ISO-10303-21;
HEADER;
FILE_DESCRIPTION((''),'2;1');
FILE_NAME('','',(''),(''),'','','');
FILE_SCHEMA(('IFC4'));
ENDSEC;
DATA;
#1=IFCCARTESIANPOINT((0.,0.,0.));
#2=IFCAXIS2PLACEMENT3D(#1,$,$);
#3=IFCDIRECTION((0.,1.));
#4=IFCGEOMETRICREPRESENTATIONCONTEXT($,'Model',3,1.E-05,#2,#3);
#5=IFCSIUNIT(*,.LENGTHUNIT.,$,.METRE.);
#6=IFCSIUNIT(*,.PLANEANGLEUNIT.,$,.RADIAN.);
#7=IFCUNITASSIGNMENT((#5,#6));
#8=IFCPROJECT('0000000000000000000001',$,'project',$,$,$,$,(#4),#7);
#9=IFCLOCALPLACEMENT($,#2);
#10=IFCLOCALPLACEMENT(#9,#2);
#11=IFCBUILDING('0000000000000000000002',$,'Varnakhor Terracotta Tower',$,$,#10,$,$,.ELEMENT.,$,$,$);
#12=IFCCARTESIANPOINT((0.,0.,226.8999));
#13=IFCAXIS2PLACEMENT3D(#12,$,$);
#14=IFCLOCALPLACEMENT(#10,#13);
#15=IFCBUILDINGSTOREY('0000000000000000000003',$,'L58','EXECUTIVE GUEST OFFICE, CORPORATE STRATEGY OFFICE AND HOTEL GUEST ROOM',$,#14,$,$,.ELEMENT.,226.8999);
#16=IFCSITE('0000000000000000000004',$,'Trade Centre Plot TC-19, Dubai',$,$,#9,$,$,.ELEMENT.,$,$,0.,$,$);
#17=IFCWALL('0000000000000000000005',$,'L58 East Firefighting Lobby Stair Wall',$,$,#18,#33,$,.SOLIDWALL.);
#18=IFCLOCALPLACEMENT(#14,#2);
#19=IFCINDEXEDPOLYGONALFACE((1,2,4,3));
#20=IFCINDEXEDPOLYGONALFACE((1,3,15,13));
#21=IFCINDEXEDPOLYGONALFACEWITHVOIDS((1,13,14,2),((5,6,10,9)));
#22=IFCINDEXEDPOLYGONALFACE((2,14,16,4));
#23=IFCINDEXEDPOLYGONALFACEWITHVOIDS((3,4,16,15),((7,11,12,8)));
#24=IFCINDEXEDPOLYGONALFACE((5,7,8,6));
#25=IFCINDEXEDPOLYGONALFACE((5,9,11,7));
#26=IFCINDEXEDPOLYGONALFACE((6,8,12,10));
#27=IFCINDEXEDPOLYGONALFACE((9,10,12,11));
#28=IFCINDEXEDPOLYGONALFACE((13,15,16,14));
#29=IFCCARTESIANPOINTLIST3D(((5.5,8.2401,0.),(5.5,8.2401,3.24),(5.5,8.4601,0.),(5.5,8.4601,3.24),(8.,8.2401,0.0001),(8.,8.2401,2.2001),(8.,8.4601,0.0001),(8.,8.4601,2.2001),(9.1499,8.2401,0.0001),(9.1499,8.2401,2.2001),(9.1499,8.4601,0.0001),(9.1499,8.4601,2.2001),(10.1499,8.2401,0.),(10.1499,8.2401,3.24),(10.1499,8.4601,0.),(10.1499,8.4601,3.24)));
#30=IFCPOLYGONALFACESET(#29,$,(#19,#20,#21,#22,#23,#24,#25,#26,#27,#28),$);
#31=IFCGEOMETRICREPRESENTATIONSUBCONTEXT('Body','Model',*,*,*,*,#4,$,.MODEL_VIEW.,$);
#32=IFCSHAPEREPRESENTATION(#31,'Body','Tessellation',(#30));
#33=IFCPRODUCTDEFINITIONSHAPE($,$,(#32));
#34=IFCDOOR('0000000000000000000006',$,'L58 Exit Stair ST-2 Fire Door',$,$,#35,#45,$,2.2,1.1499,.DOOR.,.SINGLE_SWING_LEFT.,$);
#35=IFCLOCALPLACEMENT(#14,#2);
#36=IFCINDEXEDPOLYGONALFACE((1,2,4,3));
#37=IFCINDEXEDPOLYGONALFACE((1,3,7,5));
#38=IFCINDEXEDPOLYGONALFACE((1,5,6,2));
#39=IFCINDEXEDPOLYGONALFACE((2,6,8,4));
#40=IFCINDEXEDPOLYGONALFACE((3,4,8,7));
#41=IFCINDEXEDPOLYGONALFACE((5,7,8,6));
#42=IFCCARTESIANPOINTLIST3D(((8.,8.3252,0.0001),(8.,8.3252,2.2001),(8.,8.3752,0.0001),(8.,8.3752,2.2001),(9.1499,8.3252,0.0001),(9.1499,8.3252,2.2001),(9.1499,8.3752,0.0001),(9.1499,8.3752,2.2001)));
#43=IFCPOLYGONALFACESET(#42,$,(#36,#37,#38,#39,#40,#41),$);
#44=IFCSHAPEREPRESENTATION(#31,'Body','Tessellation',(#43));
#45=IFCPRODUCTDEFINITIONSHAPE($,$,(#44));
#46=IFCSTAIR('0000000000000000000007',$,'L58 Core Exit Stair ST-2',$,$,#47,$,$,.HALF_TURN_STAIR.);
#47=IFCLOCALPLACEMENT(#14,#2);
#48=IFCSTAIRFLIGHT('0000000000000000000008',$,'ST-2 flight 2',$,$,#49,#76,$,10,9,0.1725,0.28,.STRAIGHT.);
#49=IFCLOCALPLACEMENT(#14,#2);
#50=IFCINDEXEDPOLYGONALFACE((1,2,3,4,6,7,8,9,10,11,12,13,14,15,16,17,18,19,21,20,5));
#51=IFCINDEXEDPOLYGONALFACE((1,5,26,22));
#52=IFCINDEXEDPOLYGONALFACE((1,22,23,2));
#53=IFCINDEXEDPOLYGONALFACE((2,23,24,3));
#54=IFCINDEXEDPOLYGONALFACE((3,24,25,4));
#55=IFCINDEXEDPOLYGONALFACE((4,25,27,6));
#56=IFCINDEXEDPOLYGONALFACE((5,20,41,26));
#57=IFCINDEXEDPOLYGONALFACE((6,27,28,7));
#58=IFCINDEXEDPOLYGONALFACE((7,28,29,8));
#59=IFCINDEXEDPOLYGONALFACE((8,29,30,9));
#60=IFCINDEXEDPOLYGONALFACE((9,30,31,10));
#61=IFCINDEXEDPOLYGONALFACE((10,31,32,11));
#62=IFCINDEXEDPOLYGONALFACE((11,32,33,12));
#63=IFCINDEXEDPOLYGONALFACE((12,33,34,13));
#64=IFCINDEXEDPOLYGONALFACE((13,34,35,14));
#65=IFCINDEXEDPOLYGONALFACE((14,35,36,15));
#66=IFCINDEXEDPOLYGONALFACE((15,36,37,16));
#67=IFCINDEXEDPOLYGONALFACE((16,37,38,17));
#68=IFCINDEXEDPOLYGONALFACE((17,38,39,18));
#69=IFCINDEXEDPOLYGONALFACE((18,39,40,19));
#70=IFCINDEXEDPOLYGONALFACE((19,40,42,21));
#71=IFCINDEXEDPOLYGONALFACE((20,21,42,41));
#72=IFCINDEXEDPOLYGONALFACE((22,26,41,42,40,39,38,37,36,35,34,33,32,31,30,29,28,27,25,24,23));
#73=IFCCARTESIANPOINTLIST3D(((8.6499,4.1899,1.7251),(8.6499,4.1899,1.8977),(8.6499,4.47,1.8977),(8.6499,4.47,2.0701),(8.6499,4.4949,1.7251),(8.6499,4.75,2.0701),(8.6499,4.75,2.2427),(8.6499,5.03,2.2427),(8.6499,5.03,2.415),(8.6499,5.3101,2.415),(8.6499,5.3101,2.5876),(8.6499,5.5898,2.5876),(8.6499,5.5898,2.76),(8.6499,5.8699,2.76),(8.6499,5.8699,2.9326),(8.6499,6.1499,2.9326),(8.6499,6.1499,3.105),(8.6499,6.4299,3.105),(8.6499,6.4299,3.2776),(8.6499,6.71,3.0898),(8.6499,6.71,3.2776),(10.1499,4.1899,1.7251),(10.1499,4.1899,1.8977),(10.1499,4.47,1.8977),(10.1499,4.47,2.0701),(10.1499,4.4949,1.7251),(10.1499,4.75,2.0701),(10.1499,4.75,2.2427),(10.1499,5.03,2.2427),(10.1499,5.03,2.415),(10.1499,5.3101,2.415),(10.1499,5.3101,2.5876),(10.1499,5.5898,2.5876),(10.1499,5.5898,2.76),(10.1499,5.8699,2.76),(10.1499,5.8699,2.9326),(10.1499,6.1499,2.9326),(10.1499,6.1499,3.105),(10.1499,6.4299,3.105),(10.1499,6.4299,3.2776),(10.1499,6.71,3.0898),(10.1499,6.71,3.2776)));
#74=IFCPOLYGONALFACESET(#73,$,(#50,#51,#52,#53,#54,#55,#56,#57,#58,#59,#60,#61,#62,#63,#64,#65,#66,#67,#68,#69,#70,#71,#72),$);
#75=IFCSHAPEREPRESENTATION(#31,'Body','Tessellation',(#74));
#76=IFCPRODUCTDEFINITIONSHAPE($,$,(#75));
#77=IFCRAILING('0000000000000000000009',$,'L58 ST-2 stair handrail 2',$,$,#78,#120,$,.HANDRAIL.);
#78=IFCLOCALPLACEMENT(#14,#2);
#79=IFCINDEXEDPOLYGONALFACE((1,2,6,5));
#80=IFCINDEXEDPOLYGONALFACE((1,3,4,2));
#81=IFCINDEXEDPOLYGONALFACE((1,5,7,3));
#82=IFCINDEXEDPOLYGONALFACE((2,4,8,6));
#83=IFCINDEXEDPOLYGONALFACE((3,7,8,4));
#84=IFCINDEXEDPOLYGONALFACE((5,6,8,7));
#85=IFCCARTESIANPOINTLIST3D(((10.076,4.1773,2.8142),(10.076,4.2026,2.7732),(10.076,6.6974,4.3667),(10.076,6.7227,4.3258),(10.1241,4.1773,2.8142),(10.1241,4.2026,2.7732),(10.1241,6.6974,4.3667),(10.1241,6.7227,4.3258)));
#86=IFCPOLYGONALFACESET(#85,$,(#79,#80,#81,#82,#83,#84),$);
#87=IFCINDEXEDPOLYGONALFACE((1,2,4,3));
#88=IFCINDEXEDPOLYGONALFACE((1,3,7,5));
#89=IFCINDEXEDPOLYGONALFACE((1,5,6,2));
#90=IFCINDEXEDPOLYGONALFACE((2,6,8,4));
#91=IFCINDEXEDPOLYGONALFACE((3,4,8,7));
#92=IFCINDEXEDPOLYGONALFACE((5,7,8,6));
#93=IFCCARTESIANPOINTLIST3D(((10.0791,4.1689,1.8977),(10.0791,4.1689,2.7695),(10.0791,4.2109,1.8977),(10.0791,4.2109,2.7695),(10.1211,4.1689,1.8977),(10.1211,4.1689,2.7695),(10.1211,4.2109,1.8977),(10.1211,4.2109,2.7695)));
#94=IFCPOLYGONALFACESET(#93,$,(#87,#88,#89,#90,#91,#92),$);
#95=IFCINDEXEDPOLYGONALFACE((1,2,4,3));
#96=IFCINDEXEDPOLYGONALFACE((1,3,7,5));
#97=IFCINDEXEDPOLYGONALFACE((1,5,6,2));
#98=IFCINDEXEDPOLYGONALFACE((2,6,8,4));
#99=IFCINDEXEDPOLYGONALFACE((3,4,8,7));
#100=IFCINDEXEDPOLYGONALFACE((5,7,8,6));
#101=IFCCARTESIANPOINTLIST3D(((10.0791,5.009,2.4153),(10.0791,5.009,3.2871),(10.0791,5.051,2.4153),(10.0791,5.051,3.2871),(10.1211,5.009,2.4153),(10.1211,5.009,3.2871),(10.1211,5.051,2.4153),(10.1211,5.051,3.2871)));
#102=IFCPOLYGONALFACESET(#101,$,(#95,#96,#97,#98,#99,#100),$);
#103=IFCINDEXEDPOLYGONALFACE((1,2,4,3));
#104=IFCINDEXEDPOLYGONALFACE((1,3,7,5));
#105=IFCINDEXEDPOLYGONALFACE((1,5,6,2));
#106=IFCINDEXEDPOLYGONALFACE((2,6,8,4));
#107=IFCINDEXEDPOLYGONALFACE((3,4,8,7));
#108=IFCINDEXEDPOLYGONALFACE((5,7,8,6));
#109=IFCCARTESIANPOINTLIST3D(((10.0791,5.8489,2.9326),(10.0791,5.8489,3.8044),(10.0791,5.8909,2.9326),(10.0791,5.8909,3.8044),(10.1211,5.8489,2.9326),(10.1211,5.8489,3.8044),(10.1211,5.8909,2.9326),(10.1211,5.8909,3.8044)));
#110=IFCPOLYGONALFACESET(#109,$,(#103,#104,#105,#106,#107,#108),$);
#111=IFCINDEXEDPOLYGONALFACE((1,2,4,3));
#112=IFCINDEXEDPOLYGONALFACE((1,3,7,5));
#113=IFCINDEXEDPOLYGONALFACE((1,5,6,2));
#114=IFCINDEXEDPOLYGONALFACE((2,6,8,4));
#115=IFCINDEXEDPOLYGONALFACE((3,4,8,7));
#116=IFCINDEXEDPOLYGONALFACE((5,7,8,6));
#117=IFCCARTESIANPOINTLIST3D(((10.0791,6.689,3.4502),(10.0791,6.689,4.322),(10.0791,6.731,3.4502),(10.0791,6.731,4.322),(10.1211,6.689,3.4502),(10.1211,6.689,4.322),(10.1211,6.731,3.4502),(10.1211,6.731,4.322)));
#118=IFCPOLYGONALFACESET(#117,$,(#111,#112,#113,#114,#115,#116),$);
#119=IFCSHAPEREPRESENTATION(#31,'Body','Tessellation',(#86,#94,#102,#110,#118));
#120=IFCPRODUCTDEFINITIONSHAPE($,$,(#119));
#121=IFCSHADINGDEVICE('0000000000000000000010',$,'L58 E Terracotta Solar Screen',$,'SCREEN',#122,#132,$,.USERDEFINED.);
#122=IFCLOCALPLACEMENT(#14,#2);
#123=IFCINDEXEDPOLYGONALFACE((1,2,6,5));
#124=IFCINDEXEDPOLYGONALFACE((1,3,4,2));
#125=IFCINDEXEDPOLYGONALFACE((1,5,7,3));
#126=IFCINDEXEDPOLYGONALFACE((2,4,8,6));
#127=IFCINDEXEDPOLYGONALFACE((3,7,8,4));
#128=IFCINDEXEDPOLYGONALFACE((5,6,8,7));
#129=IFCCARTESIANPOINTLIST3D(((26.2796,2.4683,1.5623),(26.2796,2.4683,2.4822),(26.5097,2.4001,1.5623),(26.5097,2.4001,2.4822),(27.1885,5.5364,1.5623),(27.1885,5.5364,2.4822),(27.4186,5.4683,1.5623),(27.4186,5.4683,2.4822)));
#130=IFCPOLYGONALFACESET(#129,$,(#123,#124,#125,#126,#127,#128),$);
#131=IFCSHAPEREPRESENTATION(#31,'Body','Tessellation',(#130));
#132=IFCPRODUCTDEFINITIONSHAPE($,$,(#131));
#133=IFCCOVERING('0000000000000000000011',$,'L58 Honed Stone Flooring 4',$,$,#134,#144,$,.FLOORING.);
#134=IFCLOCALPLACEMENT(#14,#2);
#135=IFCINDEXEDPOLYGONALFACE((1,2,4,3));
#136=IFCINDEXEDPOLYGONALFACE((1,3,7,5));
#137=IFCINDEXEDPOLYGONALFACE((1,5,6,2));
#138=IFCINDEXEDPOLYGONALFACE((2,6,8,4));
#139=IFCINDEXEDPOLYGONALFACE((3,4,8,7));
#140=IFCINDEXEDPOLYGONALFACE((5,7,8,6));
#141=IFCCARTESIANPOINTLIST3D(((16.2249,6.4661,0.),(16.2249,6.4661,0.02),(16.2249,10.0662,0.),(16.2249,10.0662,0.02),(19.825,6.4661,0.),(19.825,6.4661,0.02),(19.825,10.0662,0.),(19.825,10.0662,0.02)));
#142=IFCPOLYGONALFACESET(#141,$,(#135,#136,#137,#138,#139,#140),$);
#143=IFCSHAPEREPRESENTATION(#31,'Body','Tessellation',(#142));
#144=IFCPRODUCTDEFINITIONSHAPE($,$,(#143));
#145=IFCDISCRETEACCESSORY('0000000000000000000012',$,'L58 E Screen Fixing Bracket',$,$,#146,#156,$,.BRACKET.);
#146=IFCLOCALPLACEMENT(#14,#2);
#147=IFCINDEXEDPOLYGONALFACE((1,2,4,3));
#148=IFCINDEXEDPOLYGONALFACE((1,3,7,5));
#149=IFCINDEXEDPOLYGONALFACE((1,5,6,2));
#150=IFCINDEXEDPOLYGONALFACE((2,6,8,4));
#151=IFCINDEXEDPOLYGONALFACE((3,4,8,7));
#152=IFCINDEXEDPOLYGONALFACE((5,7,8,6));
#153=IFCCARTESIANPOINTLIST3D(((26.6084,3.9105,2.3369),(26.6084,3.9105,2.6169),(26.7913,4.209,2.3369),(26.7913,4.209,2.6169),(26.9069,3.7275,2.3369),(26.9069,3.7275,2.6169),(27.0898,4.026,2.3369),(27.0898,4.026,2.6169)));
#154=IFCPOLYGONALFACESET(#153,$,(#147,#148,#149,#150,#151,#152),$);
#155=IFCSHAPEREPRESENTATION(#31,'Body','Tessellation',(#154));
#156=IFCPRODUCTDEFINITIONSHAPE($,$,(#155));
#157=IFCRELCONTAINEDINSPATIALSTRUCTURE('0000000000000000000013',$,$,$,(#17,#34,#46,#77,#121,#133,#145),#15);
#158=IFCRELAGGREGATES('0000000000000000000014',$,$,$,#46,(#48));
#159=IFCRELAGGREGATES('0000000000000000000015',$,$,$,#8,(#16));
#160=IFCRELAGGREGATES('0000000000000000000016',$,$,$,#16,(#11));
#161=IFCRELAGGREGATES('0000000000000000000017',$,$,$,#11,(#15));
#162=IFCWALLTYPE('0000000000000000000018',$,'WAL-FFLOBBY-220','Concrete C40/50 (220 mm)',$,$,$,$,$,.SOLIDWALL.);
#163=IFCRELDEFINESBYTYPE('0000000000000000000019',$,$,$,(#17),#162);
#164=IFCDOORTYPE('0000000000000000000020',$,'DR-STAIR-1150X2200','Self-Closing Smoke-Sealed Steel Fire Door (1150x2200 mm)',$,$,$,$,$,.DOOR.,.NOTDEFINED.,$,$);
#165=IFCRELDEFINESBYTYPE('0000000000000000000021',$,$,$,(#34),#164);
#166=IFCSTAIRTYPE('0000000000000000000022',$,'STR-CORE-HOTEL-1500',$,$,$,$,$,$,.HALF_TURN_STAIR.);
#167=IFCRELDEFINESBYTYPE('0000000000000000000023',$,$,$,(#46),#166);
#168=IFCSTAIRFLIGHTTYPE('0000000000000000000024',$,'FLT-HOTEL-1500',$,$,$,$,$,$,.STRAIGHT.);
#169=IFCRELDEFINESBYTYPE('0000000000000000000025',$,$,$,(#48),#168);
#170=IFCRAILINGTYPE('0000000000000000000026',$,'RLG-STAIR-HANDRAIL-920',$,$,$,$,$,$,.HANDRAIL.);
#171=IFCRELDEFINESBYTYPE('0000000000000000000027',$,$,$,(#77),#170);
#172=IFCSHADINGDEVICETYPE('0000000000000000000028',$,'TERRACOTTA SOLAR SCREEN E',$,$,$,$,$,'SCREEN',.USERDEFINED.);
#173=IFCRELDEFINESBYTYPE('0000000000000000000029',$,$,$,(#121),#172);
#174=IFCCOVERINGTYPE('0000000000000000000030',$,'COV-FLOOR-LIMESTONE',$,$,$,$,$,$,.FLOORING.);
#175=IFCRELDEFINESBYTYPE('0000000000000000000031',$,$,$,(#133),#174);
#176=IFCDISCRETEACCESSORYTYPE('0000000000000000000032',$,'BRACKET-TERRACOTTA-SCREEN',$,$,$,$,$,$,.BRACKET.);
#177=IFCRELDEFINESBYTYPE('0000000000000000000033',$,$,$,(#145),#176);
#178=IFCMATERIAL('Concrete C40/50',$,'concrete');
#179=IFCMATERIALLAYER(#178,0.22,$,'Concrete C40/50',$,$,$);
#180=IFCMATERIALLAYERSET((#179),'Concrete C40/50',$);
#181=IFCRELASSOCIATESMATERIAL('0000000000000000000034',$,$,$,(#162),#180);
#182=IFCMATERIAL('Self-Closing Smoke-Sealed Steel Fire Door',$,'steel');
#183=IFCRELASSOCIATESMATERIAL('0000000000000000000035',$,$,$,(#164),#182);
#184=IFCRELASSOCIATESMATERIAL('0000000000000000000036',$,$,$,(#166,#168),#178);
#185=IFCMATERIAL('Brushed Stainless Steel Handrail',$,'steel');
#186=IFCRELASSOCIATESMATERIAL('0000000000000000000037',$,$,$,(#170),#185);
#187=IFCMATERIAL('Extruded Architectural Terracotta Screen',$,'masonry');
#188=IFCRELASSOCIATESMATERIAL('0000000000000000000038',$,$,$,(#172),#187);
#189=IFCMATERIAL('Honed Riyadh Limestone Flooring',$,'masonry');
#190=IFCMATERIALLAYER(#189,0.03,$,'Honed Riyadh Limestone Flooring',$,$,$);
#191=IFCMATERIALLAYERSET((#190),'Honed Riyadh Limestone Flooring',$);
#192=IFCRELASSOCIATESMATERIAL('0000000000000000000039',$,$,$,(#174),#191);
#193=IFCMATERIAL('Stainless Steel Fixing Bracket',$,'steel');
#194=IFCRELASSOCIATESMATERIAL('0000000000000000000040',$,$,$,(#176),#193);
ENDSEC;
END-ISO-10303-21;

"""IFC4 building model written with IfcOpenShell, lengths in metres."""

from ifc_helpers import new_model, si_unit, direction, frame, frame_2d, origin, origin_2d, place, context, subcontext, project, spatial, polyline, rectangle, outline, extrude, source, transform, mapped, material, layer, layer_set, type_object, type_shapes, element, fill, aggregate, save


model = new_model("IFC4")

# Units and contexts
model_context = context("Model", 3, precision=1e-05, world=origin(), true_north=direction((0.0, 1.0)))
body_context = subcontext(model_context, "Body", "Model", "MODEL_VIEW")
ifc_project = project(units=[si_unit("LENGTHUNIT", "METRE"), si_unit("PLANEANGLEUNIT", "RADIAN")], contexts=[model_context])

# Site, building, storey
site_placement = place(None, origin())
site = spatial("IfcSite", under=ifc_project, at=site_placement, Name="Trade Centre Plot TC-19, Dubai", CompositionType="ELEMENT", RefElevation=0.0)
building_placement = place(site_placement, origin())
building = spatial("IfcBuilding", under=site, at=building_placement, Name="Varnakhor Terracotta Tower", CompositionType="ELEMENT")
storey_placement = place(building_placement, frame((0.0, 0.0, 226.8999)))
storey = spatial("IfcBuildingStorey", under=building, at=storey_placement, Name="L58", Description="EXECUTIVE GUEST OFFICE, CORPORATE STRATEGY OFFICE AND HOTEL GUEST ROOM", CompositionType="ELEMENT", Elevation=226.8999)

# Wall, opening, door
ifc_material_1 = material(Name="Concrete C40/50", Category="concrete")
ifc_layer_1 = layer(ifc_material_1, 0.22, Name="Concrete C40/50")
ifc_layer_set_1 = layer_set([ifc_layer_1], Name="Concrete C40/50")
wall_type_1 = type_object("IfcWallType", Name="WAL-FFLOBBY-220", Description="Concrete C40/50 (220 mm)", PredefinedType="SOLIDWALL", material=ifc_layer_set_1)
wall_1_placement = place(storey_placement, frame((10.1499, 8.3501, 0.0), z_axis=(0.0, 0.0, 1.0), x_axis=(-1.0, 0.0, 0.0)))
wall_1 = element("IfcWall", 1, at=wall_1_placement, inside=storey, type_object=wall_type_1, Name="L58 East Firefighting Lobby Stair Wall", PredefinedType="SOLIDWALL", context=body_context, shape_type="SweptSolid", body=[
    extrude(rectangle(XDim=4.6499, YDim=0.22, at=frame_2d((2.325, 0.0))), origin(), (0.0, 0.0, 1.0), 3.24),
])
opening_placement = place(wall_1_placement, frame((1.0, 0.0, 0.0)))
opening = element("IfcOpeningElement", 2, at=opening_placement, cuts=wall_1, PredefinedType="OPENING", context=body_context, shape_type="SweptSolid", body=[
    extrude(rectangle(XDim=1.1499, YDim=2.2, at=frame_2d((0.575, 1.1001))), frame((0.0, 0.1201, 0.0), z_axis=(0.0, -1.0, 0.0), x_axis=(1.0, 0.0, 0.0)), (0.0, 0.0, 1.0), 0.24),
])
ifc_material_2 = material(Name="Self-Closing Smoke-Sealed Steel Fire Door", Category="steel")
door_type = type_object("IfcDoorType", Name="DR-STAIR-1150X2200", Description="Self-Closing Smoke-Sealed Steel Fire Door (1150x2200 mm)", OperationType="NOTDEFINED", PredefinedType="DOOR", material=ifc_material_2)
shared_shape_1 = source(origin(), body_context, "Body", "SweptSolid", [
    extrude(rectangle(XDim=1.1499, YDim=2.2, at=frame_2d((0.575, 1.1001))), frame((0.0, 0.0249, 0.0), z_axis=(0.0, -1.0, 0.0), x_axis=(1.0, 0.0, 0.0)), (0.0, 0.0, 1.0), 0.05),
])
type_shapes(door_type, [shared_shape_1])
door_placement = place(opening_placement, origin())
door = element("IfcDoor", 3, at=door_placement, inside=storey, type_object=door_type, Name="L58 Exit Stair ST-2 Fire Door", OperationType="SINGLE_SWING_LEFT", OverallHeight=2.2, OverallWidth=1.1499, PredefinedType="DOOR", context=body_context, shape_type="MappedRepresentation", body=[
    mapped(shared_shape_1, transform((0.0, 0.0, 0.0), scale=1.0)),
])
fill(opening, door)

# Stair, stair flight
stair_type = type_object("IfcStairType", Name="STR-CORE-HOTEL-1500", PredefinedType="HALF_TURN_STAIR", material=ifc_material_1)
stair_placement = place(storey_placement, origin())
stair = element("IfcStair", 4, at=stair_placement, inside=storey, type_object=stair_type, Name="L58 Core Exit Stair ST-2", PredefinedType="HALF_TURN_STAIR")
stair_flight_type = type_object("IfcStairFlightType", Name="FLT-HOTEL-1500", PredefinedType="STRAIGHT", material=ifc_material_1)
stair_flight_placement = place(storey_placement, frame((9.3999, 4.1899, 1.7251), z_axis=(0.0, 0.0, 1.0), x_axis=(0.0, 1.0, 0.0)))
stair_flight = element("IfcStairFlight", 5, at=stair_flight_placement, type_object=stair_flight_type, Name="ST-2 flight 2", NumberOfRisers=10, NumberOfTreads=9, PredefinedType="STRAIGHT", RiserHeight=0.1725, TreadLength=0.28, context=body_context, shape_type="SweptSolid", body=[
    extrude(outline(polyline([(0.0, 0.0), (0.0, 0.1726), (0.28, 0.1726), (0.28, 0.345), (0.5601, 0.345), (0.5601, 0.5176), (0.8401, 0.5176), (0.8401, 0.6899), (1.1201, 0.6899), (1.1201, 0.8625), (1.3999, 0.8625), (1.3999, 1.0349), (1.6799, 1.0349), (1.6799, 1.2075), (1.96, 1.2075), (1.96, 1.3799), (2.24, 1.3799), (2.24, 1.5525), (2.52, 1.5525), (2.52, 1.7251), (2.52, 1.3647), (0.3049, 0.0), (0.0, 0.0)])), frame((0.0, 0.75, 0.0), z_axis=(0.0, -1.0, 0.0), x_axis=(1.0, 0.0, 0.0)), (0.0, 0.0, 1.0), 1.5),
])
aggregate(stair, [stair_flight])

# Railing
ifc_material_3 = material(Name="Brushed Stainless Steel Handrail", Category="steel")
railing_type = type_object("IfcRailingType", Name="RLG-STAIR-HANDRAIL-920", PredefinedType="HANDRAIL", material=ifc_material_3)
railing_placement = place(storey_placement, frame((10.1001, 4.1899, 1.8977)))
element("IfcRailing", 6, at=railing_placement, inside=storey, type_object=railing_type, Name="L58 ST-2 stair handrail 2", PredefinedType="HANDRAIL", context=body_context, shape_type="SweptSolid", body=[
    extrude(rectangle(XDim=0.0481, YDim=0.0481, at=origin_2d()), frame((0.0, 0.0, 0.896), z_axis=(0.0, 0.8514, 0.524516), x_axis=(-1.0, 0.0, 0.0)), (0.0, 0.0, 1.0), 2.96),
    extrude(rectangle(XDim=0.042, YDim=0.042, at=origin_2d()), origin(), (0.0, 0.0, 1.0), 0.8718),
    extrude(rectangle(XDim=0.042, YDim=0.042, at=origin_2d()), frame((0.0, 0.8401, 0.5176)), (0.0, 0.0, 1.0), 0.8718),
    extrude(rectangle(XDim=0.042, YDim=0.042, at=origin_2d()), frame((0.0, 1.6799, 1.0349)), (0.0, 0.0, 1.0), 0.8718),
    extrude(rectangle(XDim=0.042, YDim=0.042, at=origin_2d()), frame((0.0, 2.52, 1.5525)), (0.0, 0.0, 1.0), 0.8718),
])

# Shading device
ifc_material_4 = material(Name="Extruded Architectural Terracotta Screen", Category="masonry")
shading_device_type = type_object("IfcShadingDeviceType", Name="TERRACOTTA SOLAR SCREEN E", ElementType="SCREEN", PredefinedType="USERDEFINED", material=ifc_material_4)
shared_shape_2 = source(origin(), body_context, "Body", "SweptSolid", [
    extrude(rectangle(XDim=3.2, YDim=0.24, at=origin_2d()), origin(), (0.0, 0.0, 1.0), 0.9199),
])
type_shapes(shading_device_type, [shared_shape_2])
shading_device_placement = place(storey_placement, frame((26.8491, 3.9683, 1.5623), z_axis=(0.0, 0.0, 1.0), x_axis=(0.284032, 0.958815, 0.0)))
element("IfcShadingDevice", 7, at=shading_device_placement, inside=storey, type_object=shading_device_type, Name="L58 E Terracotta Solar Screen", ObjectType="SCREEN", PredefinedType="USERDEFINED", context=body_context, shape_type="MappedRepresentation", body=[
    mapped(shared_shape_2, transform((0.0, 0.0, 0.0), scale=1.0)),
])

# Covering
ifc_material_5 = material(Name="Honed Riyadh Limestone Flooring", Category="masonry")
ifc_layer_2 = layer(ifc_material_5, 0.03, Name="Honed Riyadh Limestone Flooring")
ifc_layer_set_2 = layer_set([ifc_layer_2], Name="Honed Riyadh Limestone Flooring")
covering_type = type_object("IfcCoveringType", Name="COV-FLOOR-LIMESTONE", PredefinedType="FLOORING", material=ifc_layer_set_2)
shared_shape_3 = source(origin(), body_context, "Body", "SweptSolid", [
    extrude(rectangle(XDim=3.6001, YDim=3.6001, at=origin_2d()), origin(), (0.0, 0.0, 1.0), 0.02),
])
covering_placement = place(storey_placement, frame((18.0249, 8.2661, 0.0), z_axis=(0.0, 0.0, 1.0), x_axis=(1.0, 0.0, 0.0)))
element("IfcCovering", 8, at=covering_placement, inside=storey, type_object=covering_type, Name="L58 Honed Stone Flooring 4", PredefinedType="FLOORING", context=body_context, shape_type="MappedRepresentation", body=[
    mapped(shared_shape_3, transform((0.0, 0.0, 0.0), scale=1.0)),
])

# Discrete accessory
ifc_material_6 = material(Name="Stainless Steel Fixing Bracket", Category="steel")
discrete_accessory_type = type_object("IfcDiscreteAccessoryType", Name="BRACKET-TERRACOTTA-SCREEN", PredefinedType="BRACKET", material=ifc_material_6)
shared_shape_4 = source(origin(), body_context, "Body", "SweptSolid", [
    extrude(rectangle(XDim=0.3501, YDim=0.3501, at=origin_2d()), origin(), (0.0, 0.0, 1.0), 0.28),
])
type_shapes(discrete_accessory_type, [shared_shape_4])
discrete_accessory_placement = place(storey_placement, frame((26.8491, 3.9683, 2.3369), z_axis=(0.0, 0.0, 1.0), x_axis=(0.522513, 0.852631, 0.0)))
element("IfcDiscreteAccessory", 9, at=discrete_accessory_placement, inside=storey, type_object=discrete_accessory_type, Name="L58 E Screen Fixing Bracket", PredefinedType="BRACKET", context=body_context, shape_type="MappedRepresentation", body=[
    mapped(shared_shape_4, transform((0.0, 0.0, 0.0), scale=1.0)),
])

save(model, "model.ifc")
